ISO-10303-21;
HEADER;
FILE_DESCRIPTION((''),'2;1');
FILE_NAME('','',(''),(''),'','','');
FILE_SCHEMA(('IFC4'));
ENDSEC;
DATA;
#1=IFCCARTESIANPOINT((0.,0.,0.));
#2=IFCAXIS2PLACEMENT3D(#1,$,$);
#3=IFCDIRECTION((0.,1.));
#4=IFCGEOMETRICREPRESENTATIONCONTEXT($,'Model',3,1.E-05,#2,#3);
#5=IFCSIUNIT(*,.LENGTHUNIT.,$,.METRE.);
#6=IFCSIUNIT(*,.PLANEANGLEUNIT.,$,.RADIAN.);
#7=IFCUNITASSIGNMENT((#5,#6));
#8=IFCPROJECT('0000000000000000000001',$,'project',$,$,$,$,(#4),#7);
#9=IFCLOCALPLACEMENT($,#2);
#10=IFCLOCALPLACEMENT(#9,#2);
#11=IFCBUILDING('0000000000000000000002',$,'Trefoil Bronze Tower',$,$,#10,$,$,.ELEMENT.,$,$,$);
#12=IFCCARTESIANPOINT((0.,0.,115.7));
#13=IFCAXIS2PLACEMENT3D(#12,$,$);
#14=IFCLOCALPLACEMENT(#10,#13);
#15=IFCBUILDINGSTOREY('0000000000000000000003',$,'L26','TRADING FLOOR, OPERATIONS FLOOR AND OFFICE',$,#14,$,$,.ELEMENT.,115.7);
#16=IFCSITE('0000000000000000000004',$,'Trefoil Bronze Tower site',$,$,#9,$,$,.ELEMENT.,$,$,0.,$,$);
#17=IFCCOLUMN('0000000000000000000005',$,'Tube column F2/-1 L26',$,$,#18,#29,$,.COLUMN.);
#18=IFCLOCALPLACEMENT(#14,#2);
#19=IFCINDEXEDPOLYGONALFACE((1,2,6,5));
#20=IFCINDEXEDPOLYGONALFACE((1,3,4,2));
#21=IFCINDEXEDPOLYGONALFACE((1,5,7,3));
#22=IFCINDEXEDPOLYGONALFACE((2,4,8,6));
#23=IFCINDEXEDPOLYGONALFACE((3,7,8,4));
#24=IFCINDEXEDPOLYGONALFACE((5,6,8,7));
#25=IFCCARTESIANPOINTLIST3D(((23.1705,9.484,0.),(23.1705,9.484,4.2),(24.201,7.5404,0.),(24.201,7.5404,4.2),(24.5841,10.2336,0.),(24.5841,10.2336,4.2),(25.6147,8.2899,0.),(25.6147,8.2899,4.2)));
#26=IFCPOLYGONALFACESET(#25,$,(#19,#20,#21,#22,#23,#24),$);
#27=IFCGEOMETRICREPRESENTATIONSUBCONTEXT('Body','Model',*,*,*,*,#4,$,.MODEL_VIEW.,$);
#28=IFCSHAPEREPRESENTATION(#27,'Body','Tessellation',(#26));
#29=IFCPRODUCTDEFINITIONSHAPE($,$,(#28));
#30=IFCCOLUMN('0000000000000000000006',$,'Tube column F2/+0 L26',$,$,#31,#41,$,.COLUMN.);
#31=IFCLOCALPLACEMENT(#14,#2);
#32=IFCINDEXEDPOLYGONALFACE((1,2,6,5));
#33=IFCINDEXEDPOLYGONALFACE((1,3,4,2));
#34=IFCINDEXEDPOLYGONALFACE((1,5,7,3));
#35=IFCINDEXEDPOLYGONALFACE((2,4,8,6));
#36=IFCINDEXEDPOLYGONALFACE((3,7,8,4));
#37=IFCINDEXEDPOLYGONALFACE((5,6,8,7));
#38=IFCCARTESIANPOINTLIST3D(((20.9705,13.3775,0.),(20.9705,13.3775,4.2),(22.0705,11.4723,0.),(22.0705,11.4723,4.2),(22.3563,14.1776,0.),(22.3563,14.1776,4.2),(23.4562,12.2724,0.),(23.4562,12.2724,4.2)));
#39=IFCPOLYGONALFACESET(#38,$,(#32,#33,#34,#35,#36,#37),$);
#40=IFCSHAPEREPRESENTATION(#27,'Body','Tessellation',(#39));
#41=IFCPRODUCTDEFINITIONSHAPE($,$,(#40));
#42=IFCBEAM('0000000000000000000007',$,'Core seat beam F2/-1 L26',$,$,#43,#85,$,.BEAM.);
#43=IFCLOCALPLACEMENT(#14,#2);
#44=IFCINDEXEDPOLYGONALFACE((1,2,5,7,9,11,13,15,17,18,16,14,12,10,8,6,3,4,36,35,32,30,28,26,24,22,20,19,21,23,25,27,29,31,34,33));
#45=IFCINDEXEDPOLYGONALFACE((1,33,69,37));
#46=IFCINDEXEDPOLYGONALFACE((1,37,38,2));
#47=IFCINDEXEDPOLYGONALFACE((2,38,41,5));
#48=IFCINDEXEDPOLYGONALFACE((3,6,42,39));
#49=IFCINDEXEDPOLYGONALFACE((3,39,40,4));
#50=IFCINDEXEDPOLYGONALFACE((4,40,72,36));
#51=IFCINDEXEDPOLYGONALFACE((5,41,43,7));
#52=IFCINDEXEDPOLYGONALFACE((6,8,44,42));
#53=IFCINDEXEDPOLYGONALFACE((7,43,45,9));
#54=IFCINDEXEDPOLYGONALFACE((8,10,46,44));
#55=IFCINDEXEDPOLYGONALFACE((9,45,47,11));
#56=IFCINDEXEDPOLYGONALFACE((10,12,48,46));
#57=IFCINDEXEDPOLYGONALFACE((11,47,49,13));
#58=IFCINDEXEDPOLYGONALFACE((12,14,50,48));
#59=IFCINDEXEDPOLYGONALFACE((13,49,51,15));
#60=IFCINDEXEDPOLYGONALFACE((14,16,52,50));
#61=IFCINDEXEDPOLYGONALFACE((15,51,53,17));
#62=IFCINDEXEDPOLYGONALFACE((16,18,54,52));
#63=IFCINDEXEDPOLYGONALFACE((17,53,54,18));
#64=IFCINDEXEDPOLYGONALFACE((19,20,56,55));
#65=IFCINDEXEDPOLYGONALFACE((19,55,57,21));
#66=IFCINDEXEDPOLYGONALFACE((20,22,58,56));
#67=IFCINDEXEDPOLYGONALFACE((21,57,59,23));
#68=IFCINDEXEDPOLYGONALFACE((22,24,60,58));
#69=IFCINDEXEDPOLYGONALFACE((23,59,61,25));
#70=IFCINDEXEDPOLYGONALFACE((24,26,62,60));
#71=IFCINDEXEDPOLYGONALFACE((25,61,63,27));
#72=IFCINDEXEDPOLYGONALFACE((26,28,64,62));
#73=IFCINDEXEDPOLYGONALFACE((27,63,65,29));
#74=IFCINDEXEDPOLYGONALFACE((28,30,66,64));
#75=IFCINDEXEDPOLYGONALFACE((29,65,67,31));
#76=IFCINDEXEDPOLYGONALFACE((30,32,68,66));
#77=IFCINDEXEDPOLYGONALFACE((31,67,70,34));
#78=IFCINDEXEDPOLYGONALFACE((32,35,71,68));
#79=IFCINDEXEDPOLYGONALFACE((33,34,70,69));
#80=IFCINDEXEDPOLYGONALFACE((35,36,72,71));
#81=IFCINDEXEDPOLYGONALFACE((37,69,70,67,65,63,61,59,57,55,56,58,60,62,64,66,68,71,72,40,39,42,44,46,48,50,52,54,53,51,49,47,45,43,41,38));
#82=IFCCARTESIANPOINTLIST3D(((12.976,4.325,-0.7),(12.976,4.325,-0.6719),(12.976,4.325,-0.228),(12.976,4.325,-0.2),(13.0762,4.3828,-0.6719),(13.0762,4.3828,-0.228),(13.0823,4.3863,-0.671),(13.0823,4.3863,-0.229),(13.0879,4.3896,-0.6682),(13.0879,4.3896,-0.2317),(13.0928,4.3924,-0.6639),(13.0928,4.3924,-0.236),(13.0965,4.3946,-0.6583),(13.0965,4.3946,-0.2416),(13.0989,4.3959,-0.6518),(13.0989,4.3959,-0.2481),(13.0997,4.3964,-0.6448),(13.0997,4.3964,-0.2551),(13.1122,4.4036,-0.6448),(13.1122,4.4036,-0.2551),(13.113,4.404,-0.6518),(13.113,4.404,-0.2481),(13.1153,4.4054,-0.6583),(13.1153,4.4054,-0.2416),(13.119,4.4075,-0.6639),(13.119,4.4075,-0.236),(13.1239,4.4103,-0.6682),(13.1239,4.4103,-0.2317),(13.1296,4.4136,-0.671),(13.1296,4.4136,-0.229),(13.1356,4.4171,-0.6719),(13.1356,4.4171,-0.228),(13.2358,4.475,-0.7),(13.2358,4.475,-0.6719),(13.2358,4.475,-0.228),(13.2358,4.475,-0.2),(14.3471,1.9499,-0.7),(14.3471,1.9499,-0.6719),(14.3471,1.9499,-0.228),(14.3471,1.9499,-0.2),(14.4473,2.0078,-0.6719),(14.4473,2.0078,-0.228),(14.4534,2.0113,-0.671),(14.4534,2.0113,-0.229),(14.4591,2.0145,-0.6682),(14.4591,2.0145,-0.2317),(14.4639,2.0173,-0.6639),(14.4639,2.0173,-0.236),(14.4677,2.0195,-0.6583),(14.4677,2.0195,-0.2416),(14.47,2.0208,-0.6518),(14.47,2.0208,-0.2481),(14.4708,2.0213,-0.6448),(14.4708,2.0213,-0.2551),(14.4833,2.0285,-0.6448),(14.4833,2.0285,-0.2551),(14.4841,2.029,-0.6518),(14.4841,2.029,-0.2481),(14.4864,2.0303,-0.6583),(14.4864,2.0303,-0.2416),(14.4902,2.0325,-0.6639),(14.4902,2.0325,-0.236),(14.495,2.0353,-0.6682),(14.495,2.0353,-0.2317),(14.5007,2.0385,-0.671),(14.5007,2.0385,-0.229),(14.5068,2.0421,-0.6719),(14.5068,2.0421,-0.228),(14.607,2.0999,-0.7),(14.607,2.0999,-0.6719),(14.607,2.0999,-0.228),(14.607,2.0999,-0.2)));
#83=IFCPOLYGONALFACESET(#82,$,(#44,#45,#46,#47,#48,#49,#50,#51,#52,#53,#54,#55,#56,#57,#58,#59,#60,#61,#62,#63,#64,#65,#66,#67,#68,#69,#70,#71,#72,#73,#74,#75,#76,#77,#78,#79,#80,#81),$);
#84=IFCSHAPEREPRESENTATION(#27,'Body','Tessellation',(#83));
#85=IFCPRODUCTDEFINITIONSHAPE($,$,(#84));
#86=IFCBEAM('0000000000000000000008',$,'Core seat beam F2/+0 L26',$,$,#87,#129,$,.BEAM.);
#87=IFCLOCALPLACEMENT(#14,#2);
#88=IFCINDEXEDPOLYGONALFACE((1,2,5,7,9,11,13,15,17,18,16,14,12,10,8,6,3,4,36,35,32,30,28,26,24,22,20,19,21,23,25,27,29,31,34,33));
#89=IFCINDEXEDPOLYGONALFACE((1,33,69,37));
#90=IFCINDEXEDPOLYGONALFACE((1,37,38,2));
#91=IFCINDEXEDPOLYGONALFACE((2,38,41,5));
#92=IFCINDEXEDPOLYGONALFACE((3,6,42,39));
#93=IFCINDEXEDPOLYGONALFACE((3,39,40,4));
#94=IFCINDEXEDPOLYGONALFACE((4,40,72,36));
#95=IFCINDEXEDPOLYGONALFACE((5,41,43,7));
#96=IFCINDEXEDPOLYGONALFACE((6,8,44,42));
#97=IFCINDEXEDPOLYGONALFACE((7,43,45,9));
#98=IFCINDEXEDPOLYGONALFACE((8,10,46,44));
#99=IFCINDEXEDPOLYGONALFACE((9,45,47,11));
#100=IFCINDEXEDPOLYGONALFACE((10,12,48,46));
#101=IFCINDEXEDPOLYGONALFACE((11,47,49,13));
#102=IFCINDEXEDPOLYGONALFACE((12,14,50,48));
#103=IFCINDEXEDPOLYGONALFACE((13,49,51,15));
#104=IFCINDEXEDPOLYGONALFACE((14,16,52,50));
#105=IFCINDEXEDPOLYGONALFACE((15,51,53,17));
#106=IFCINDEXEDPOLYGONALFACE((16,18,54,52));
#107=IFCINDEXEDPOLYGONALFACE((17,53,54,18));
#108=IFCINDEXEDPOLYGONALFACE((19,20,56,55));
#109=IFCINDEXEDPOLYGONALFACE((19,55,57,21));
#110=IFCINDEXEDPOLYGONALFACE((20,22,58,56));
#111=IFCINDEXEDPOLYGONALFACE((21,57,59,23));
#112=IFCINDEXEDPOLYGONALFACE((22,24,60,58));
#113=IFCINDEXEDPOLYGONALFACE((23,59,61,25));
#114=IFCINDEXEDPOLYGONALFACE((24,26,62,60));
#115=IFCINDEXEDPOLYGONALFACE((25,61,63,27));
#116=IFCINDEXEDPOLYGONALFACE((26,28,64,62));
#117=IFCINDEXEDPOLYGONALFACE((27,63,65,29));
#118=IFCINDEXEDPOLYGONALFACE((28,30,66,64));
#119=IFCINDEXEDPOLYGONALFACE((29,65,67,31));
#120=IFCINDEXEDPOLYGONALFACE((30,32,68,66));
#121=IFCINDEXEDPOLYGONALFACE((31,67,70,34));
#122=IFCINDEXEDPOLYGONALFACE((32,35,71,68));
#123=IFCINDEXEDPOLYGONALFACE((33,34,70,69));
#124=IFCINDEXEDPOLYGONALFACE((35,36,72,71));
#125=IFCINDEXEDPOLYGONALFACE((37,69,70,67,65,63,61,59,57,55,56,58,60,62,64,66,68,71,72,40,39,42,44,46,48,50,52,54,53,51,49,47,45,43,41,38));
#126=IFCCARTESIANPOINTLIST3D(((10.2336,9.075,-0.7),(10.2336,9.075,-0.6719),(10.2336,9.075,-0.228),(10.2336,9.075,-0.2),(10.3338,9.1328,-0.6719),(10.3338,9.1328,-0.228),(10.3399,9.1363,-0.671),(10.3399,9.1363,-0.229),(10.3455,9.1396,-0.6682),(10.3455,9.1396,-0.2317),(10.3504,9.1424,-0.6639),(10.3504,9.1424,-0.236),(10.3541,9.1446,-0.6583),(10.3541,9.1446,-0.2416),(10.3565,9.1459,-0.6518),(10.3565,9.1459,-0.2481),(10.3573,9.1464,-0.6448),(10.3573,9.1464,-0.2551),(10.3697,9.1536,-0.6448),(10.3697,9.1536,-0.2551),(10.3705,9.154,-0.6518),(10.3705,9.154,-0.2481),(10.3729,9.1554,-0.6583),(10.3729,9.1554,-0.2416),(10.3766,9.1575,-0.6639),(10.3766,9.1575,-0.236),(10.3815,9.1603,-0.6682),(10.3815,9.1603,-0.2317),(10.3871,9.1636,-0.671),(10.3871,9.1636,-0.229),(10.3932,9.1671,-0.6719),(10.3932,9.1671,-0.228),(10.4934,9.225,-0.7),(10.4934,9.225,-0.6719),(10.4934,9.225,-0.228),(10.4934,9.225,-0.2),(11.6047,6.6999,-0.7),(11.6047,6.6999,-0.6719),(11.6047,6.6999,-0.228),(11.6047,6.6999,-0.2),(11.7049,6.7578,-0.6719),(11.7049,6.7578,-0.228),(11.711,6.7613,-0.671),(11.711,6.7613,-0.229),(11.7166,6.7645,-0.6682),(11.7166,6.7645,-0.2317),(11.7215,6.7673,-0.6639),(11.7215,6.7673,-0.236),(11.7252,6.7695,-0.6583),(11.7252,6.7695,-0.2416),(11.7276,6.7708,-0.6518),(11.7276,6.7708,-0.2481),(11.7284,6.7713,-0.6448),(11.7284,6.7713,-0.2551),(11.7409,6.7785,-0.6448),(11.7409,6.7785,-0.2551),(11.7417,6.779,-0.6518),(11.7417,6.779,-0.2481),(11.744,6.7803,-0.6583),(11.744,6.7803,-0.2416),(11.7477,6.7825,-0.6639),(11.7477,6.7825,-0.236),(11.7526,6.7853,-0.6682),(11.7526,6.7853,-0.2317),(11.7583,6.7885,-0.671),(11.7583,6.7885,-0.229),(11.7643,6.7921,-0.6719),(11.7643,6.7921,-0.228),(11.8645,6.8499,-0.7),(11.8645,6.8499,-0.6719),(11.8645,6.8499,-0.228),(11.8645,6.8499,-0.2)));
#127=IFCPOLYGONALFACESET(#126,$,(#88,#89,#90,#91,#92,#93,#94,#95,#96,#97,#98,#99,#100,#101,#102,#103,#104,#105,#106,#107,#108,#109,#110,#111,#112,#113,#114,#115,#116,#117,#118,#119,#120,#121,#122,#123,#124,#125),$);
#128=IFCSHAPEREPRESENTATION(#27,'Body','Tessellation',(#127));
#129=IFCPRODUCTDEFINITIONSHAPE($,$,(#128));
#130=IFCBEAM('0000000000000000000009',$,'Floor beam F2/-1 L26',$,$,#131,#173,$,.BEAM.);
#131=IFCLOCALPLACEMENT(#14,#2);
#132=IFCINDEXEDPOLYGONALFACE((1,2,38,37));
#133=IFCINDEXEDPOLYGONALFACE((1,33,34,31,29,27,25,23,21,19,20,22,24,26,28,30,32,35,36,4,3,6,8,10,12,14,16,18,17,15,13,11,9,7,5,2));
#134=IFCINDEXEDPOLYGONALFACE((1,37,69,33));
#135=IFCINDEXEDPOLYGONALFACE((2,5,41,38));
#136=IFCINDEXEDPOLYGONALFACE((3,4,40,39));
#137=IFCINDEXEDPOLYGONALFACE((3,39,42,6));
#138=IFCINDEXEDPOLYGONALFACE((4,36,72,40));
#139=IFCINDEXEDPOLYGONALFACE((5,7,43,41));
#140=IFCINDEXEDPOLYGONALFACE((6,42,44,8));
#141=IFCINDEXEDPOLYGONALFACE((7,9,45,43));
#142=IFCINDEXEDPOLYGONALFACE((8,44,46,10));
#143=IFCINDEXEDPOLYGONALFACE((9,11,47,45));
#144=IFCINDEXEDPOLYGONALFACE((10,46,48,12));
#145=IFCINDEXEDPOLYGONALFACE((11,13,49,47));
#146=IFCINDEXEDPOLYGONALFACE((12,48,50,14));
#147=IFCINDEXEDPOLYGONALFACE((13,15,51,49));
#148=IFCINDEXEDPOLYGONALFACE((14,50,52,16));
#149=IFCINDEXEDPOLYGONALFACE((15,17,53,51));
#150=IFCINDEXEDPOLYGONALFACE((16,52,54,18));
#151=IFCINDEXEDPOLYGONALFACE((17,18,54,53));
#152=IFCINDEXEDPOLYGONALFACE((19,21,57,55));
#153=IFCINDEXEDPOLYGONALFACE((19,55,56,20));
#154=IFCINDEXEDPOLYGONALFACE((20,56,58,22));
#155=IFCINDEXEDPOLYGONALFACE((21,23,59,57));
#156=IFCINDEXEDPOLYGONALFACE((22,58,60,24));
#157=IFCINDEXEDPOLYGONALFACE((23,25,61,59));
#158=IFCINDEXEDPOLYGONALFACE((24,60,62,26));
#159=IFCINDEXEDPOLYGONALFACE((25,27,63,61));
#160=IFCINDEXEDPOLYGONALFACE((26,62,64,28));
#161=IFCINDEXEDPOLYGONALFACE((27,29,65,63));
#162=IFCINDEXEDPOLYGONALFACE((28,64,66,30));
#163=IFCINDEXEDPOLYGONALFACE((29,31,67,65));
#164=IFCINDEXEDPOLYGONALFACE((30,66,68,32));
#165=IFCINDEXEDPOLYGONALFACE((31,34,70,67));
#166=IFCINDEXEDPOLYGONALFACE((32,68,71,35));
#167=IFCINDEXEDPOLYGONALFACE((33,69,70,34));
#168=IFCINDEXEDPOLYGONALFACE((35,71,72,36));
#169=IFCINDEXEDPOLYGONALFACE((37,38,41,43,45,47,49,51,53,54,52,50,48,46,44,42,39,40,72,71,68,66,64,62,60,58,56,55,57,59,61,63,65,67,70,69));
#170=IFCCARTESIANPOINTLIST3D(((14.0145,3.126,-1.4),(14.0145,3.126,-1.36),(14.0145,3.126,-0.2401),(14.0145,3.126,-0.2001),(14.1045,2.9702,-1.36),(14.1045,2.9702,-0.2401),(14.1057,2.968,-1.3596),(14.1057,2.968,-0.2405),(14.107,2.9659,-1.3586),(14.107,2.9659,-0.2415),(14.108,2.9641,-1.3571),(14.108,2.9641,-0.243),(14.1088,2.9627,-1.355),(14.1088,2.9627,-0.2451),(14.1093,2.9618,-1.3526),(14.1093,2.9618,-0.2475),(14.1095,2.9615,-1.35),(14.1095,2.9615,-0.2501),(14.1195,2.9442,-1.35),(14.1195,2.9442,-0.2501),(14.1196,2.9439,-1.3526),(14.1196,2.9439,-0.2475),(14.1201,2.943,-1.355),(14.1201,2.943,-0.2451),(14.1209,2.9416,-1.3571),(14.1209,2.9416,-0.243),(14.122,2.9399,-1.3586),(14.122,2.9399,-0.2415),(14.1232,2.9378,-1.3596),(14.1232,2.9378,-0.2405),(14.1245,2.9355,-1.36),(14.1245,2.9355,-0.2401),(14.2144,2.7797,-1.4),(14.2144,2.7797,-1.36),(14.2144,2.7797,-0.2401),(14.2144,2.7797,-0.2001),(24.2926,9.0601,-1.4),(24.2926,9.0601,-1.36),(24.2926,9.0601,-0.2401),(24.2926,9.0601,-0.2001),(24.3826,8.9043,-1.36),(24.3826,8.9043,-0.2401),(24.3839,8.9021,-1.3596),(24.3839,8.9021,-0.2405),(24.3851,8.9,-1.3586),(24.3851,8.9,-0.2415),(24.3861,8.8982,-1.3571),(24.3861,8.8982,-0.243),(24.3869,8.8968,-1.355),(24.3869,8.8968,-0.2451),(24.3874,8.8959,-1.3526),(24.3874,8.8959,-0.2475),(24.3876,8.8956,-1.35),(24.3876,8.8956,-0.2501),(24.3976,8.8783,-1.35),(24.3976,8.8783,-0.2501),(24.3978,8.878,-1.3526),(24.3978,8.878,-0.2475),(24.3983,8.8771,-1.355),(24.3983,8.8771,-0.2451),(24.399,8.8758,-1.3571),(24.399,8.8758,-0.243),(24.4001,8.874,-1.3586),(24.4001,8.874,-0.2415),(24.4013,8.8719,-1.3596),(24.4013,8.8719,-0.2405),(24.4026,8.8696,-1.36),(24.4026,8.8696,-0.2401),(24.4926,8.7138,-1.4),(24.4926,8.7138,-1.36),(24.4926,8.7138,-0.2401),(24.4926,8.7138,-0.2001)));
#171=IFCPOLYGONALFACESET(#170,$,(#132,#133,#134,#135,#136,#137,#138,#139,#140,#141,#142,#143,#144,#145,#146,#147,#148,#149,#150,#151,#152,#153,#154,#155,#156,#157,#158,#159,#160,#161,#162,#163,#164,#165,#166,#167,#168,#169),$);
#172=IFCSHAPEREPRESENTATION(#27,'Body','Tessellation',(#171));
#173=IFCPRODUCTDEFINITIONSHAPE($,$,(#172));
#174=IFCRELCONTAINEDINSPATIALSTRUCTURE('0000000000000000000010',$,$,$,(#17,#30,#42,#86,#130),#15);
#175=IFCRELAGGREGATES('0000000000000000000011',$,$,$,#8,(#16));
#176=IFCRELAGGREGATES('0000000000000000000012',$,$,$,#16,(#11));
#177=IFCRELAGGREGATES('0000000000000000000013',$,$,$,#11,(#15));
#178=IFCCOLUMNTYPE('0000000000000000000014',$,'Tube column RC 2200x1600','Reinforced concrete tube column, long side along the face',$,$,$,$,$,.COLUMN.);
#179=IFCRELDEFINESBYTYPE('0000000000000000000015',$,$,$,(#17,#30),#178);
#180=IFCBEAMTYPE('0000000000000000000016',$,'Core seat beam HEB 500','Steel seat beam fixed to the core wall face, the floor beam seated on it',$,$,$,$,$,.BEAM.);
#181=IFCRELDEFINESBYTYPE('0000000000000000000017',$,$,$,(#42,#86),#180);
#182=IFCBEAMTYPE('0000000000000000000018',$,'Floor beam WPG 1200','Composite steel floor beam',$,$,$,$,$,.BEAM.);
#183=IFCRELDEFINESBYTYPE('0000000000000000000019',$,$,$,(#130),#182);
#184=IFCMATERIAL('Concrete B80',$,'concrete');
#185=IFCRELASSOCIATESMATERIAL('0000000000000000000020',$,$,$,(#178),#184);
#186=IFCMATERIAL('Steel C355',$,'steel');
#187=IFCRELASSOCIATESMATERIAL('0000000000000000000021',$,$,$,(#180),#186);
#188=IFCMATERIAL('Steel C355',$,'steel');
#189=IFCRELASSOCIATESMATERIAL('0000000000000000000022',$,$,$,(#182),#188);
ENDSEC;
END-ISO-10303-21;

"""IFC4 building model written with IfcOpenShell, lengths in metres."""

from ifc_helpers import new_model, si_unit, direction, frame, origin, origin_2d, place, context, subcontext, project, spatial, rectangle, i_section, extrude, material, material_profile, profile_set, type_object, element, save


model = new_model("IFC4")

# Units and contexts
model_context = context("Model", 3, precision=1e-05, world=origin(), true_north=direction((0.0, 1.0)))
body_context = subcontext(model_context, "Body", "Model", "MODEL_VIEW")
ifc_project = project(units=[si_unit("LENGTHUNIT", "METRE"), si_unit("PLANEANGLEUNIT", "RADIAN")], contexts=[model_context])

# Site, building, storey
site_placement = place(None, origin())
site = spatial("IfcSite", under=ifc_project, at=site_placement, Name="Trefoil Bronze Tower site", CompositionType="ELEMENT", RefElevation=0.0)
building_placement = place(site_placement, origin())
building = spatial("IfcBuilding", under=site, at=building_placement, Name="Trefoil Bronze Tower", CompositionType="ELEMENT")
storey_placement = place(building_placement, frame((0.0, 0.0, 115.7)))
storey = spatial("IfcBuildingStorey", under=building, at=storey_placement, Name="L26", Description="TRADING FLOOR, OPERATIONS FLOOR AND OFFICE", CompositionType="ELEMENT", Elevation=115.7)

# Columns
ifc_material_1 = material(Name="Concrete B80", Category="concrete")
ifc_material_profile_1 = material_profile(ifc_material_1, rectangle(XDim=2.2, YDim=1.6001, at=origin_2d()), Name="RC 2200x1600")
ifc_profile_set_1 = profile_set([ifc_material_profile_1], Name="Concrete B80")
column_type = type_object("IfcColumnType", Name="Tube column RC 2200x1600", Description="Reinforced concrete tube column, long side along the face", PredefinedType="COLUMN", material=ifc_profile_set_1)
for number, where, z_axis, x_axis, name in (
    (1, (24.3926, 8.887, 0.0), (0.0, 0.0, 1.0), (-0.468457, 0.883486, 0.0), "Tube column F2/-1 L26"),
    (2, (22.2134, 12.825, 0.0), (0.0, 0.0, 1.0), (-0.5, 0.866025, 0.0), "Tube column F2/+0 L26"),
):
    element("IfcColumn", number, at=place(storey_placement, frame(where, z_axis=z_axis, x_axis=x_axis)), inside=storey, type_object=column_type, Name=name, PredefinedType="COLUMN", context=body_context, shape_type="SweptSolid", body=[
        extrude(rectangle(XDim=2.2, YDim=1.6001, at=origin_2d()), origin(), (0.0, 0.0, 1.0), 4.2),
    ])

# Beams
ifc_material_2 = material(Name="Steel C355", Category="steel")
ifc_material_profile_2 = material_profile(ifc_material_2, i_section(OverallWidth=0.3, OverallDepth=0.5, WebThickness=0.0144, FlangeThickness=0.0281, FilletRadius=0.0271, at=origin_2d()), Name="HEB 500")
ifc_profile_set_2 = profile_set([ifc_material_profile_2], Name="Steel C355")
beam_type_1 = type_object("IfcBeamType", Name="Core seat beam HEB 500", Description="Steel seat beam fixed to the core wall face, the floor beam seated on it", PredefinedType="BEAM", material=ifc_profile_set_2)
for number, where, z_axis, x_axis, name in (
    (3, (14.4771, 2.0249, -0.45), (-0.499969, 0.866043, 0.0), (-0.866043, -0.499969, 0.0), "Core seat beam F2/-1 L26"),
    (4, (11.7346, 6.7749, -0.45), (-0.499969, 0.866043, 0.0), (-0.866043, -0.499969, 0.0), "Core seat beam F2/+0 L26"),
):
    element("IfcBeam", number, at=place(storey_placement, frame(where, z_axis=z_axis, x_axis=x_axis)), inside=storey, type_object=beam_type_1, Name=name, PredefinedType="BEAM", context=body_context, shape_type="SweptSolid", body=[
        extrude(i_section(OverallWidth=0.3, OverallDepth=0.5, WebThickness=0.0144, FlangeThickness=0.0281, FilletRadius=0.0271, at=origin_2d()), origin(), (0.0, 0.0, 1.0), 2.7424),
    ])
ifc_material_3 = material(Name="Steel C355", Category="steel")
ifc_material_profile_3 = material_profile(ifc_material_3, i_section(OverallWidth=0.3999, OverallDepth=1.2, WebThickness=0.02, FlangeThickness=0.04, FilletRadius=0.01, at=origin_2d()), Name="WPG 1200")
ifc_profile_set_3 = profile_set([ifc_material_profile_3], Name="Steel C355")
beam_type_2 = type_object("IfcBeamType", Name="Floor beam WPG 1200", Description="Composite steel floor beam", PredefinedType="BEAM", material=ifc_profile_set_3)
beam_1_placement = place(storey_placement, frame((24.3926, 8.887, -0.8), z_axis=(-0.866024, -0.500002, 0.0), x_axis=(0.500002, -0.866024, 0.0)))
element("IfcBeam", 5, at=beam_1_placement, inside=storey, type_object=beam_type_2, Name="Floor beam F2/-1 L26", PredefinedType="BEAM", context=body_context, shape_type="SweptSolid", body=[
    extrude(i_section(OverallWidth=0.3999, OverallDepth=1.2, WebThickness=0.02, FlangeThickness=0.04, FilletRadius=0.01, at=origin_2d()), origin(), (0.0, 0.0, 1.0), 11.8682),
])

save(model, "model.ifc")
